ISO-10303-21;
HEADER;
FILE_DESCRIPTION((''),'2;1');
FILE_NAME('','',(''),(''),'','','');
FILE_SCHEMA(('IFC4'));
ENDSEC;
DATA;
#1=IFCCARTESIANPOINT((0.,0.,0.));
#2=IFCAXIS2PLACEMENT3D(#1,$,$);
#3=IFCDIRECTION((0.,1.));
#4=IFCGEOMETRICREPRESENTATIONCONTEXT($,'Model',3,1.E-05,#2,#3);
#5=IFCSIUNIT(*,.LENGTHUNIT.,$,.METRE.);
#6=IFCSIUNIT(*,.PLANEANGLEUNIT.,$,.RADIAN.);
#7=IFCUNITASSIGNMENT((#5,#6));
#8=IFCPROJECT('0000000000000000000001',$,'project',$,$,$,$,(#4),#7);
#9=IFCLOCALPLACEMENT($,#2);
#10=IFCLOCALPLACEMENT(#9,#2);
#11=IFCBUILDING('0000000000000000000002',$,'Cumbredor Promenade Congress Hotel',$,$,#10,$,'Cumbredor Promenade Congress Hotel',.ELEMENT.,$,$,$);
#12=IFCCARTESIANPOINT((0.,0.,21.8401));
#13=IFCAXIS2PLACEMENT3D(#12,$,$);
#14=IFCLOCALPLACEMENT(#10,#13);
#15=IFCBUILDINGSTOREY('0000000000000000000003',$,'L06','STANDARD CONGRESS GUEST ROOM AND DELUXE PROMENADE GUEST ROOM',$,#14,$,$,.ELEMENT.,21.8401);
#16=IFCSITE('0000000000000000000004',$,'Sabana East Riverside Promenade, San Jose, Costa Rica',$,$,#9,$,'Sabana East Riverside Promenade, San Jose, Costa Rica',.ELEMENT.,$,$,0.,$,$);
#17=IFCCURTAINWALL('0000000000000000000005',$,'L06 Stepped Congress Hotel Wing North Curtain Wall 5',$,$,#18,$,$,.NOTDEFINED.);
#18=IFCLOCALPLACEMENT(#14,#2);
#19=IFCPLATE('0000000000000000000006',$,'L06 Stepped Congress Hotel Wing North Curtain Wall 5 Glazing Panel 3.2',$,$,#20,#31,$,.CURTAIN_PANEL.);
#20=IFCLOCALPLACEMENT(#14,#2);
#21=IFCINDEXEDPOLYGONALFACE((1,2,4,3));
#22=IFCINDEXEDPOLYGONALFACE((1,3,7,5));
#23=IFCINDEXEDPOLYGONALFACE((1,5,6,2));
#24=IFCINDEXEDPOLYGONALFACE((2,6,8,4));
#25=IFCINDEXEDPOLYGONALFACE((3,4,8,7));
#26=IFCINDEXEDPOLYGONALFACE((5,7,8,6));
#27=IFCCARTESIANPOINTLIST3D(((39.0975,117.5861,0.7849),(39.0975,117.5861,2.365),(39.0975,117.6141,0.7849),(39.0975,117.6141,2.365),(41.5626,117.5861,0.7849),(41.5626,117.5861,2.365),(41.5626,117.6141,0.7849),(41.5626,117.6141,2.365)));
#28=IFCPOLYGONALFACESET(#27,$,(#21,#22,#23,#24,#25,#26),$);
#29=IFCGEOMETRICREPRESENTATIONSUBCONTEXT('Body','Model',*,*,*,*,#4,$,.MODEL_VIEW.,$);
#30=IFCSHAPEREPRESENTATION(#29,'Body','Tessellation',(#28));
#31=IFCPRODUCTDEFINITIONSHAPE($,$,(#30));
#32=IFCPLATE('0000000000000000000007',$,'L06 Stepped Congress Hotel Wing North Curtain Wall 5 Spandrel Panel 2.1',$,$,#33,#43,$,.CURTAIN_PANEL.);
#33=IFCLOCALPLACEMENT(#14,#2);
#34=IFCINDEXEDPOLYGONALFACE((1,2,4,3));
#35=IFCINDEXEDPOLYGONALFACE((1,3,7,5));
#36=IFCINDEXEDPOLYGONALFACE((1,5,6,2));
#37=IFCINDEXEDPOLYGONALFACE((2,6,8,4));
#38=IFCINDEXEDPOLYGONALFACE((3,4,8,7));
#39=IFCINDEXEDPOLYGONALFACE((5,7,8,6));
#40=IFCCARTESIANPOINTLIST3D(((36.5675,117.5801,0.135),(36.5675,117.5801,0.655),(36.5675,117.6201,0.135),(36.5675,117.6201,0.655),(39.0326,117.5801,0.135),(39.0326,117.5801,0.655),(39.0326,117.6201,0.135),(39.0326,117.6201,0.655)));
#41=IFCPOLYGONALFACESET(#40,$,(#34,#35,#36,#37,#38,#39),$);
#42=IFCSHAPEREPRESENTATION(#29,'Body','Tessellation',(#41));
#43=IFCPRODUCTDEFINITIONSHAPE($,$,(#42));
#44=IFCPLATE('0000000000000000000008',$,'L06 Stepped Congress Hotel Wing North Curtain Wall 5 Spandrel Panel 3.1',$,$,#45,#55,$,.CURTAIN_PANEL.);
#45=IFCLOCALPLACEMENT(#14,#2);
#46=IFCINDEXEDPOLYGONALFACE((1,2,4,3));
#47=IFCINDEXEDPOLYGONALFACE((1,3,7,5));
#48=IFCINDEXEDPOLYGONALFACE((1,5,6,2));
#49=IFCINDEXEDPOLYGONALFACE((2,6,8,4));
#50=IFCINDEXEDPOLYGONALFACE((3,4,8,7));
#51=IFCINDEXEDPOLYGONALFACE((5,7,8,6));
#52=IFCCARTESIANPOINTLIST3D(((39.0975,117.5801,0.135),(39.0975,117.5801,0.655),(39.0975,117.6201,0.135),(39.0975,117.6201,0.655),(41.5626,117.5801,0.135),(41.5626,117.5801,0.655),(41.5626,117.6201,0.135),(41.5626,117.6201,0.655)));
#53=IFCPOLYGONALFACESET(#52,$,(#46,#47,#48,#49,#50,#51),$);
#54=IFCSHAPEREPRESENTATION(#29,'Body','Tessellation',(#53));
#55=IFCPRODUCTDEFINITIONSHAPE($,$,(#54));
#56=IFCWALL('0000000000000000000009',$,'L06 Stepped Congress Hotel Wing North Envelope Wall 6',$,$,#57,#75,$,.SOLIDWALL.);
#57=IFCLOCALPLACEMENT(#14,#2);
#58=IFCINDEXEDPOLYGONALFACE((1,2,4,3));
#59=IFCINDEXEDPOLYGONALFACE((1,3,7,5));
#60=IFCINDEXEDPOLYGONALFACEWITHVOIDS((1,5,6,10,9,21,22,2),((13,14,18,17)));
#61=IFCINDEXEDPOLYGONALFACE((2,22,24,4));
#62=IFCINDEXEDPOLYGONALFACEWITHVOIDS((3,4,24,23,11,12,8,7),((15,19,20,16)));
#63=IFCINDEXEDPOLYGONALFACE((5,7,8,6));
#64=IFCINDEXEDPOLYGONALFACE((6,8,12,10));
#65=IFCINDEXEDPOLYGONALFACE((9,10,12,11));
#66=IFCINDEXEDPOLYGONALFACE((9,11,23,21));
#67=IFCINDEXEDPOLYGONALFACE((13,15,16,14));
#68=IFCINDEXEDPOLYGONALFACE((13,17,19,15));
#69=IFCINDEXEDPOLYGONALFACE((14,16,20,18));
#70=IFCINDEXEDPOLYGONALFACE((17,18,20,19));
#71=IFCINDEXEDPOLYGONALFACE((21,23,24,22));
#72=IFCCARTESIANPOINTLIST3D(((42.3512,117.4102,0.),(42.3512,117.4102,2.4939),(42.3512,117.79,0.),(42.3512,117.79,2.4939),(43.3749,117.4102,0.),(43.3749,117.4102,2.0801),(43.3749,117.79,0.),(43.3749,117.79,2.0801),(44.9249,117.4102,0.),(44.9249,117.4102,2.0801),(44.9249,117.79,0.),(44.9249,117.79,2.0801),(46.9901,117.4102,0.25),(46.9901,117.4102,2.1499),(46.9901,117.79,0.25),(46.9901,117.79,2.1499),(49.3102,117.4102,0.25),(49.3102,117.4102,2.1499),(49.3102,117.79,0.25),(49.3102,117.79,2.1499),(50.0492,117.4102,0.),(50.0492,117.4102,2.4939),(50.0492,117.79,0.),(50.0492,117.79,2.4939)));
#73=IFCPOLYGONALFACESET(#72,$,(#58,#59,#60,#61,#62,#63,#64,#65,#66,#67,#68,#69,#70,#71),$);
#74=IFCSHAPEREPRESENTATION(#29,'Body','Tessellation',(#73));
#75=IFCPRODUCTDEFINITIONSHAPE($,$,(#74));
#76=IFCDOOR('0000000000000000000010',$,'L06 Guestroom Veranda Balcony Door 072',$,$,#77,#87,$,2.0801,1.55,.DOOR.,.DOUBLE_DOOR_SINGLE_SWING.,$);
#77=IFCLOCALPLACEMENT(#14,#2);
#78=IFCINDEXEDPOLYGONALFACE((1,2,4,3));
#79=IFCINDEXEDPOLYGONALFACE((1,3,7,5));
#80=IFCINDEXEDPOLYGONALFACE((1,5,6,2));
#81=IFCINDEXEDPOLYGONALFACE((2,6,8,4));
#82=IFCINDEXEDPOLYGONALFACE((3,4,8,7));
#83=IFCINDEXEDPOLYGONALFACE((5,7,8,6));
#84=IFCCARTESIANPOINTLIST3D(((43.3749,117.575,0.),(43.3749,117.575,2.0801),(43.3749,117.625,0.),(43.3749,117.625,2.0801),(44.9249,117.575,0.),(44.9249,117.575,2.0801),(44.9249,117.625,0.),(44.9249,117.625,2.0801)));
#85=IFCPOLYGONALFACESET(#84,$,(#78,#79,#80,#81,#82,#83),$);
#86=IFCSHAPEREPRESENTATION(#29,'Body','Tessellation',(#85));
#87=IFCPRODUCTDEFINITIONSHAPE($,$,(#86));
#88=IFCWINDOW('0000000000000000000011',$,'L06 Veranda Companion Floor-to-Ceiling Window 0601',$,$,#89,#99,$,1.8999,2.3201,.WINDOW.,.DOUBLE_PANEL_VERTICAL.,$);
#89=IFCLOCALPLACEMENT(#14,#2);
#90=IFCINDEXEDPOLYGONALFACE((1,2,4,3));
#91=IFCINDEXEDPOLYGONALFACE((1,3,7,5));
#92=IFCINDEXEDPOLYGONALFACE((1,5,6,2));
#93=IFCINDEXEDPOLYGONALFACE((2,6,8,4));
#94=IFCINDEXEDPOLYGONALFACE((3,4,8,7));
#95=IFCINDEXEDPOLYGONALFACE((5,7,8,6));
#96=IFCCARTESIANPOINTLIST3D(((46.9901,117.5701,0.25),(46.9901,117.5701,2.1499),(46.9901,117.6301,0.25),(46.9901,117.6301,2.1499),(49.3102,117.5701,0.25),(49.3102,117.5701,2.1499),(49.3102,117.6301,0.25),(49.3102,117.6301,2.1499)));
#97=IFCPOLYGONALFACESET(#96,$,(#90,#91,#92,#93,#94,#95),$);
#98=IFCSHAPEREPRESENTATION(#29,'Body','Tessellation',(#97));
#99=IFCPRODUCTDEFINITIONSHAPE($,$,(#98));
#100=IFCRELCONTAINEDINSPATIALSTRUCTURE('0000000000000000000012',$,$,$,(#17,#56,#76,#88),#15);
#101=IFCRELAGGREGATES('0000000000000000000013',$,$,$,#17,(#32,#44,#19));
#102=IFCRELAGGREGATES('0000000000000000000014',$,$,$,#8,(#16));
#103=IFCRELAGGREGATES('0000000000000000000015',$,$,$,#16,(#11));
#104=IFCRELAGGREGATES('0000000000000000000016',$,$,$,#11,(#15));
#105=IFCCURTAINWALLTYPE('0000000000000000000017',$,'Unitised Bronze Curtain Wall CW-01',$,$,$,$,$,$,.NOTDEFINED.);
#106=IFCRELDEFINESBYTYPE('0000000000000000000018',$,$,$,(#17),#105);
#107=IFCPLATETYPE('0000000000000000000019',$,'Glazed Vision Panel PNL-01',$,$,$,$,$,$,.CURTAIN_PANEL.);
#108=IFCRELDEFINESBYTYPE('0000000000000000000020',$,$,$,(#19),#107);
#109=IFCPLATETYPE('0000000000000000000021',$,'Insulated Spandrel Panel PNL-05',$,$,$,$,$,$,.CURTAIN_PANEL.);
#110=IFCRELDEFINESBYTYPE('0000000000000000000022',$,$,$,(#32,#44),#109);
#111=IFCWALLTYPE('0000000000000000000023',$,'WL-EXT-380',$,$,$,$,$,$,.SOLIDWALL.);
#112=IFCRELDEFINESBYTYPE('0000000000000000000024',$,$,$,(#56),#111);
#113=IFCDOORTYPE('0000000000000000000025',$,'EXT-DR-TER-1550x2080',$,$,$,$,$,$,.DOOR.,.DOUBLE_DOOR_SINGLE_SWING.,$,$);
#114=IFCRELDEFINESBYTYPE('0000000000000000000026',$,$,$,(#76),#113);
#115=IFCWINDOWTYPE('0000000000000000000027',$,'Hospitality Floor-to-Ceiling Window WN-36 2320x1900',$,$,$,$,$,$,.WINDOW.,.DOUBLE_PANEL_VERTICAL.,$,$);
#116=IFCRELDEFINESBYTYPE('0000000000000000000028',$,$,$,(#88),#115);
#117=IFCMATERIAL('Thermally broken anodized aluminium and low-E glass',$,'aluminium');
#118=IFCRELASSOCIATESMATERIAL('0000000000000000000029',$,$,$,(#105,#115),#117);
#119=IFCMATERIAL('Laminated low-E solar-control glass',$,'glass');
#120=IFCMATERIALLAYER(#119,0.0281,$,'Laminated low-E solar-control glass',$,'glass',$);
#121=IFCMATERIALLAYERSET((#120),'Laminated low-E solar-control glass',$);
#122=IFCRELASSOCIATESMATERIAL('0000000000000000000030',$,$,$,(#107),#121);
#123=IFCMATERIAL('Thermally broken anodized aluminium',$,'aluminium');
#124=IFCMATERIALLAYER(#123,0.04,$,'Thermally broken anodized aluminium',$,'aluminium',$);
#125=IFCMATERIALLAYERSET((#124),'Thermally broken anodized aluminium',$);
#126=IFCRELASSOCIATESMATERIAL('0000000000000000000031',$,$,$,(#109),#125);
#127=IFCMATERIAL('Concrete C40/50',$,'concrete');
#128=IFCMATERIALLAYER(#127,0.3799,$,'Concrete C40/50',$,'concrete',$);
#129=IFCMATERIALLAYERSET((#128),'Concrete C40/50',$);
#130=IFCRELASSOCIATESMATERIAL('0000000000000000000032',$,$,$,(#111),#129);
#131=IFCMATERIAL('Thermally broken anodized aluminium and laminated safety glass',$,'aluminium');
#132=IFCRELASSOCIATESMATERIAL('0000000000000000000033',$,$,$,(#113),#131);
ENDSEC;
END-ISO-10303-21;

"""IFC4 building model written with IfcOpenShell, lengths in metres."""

from ifc_helpers import new_model, si_unit, direction, frame, frame_2d, origin, origin_2d, place, context, subcontext, project, spatial, rectangle, extrude, material, layer, layer_set, type_object, element, fill, aggregate, save


model = new_model("IFC4")

# Units and contexts
model_context = context("Model", 3, precision=1e-05, world=origin(), true_north=direction((0.0, 1.0)))
body_context = subcontext(model_context, "Body", "Model", "MODEL_VIEW")
ifc_project = project(units=[si_unit("LENGTHUNIT", "METRE"), si_unit("PLANEANGLEUNIT", "RADIAN")], contexts=[model_context])

# Site, building, storey
site_placement = place(None, origin())
site = spatial("IfcSite", under=ifc_project, at=site_placement, Name="Sabana East Riverside Promenade, San Jose, Costa Rica", LongName="Sabana East Riverside Promenade, San Jose, Costa Rica", CompositionType="ELEMENT", RefElevation=0.0)
building_placement = place(site_placement, origin())
building = spatial("IfcBuilding", under=site, at=building_placement, Name="Cumbredor Promenade Congress Hotel", LongName="Cumbredor Promenade Congress Hotel", CompositionType="ELEMENT")
storey_placement = place(building_placement, frame((0.0, 0.0, 21.8401)))
storey = spatial("IfcBuildingStorey", under=building, at=storey_placement, Name="L06", Description="STANDARD CONGRESS GUEST ROOM AND DELUXE PROMENADE GUEST ROOM", CompositionType="ELEMENT", Elevation=21.8401)

# Shared definitions
ifc_material_1 = material(Name="Concrete C40/50", Category="concrete")

# Curtain wall, plates
ifc_material_2 = material(Name="Thermally broken anodized aluminium and low-E glass", Category="aluminium")
curtain_wall_type = type_object("IfcCurtainWallType", Name="Unitised Bronze Curtain Wall CW-01", PredefinedType="NOTDEFINED", material=ifc_material_2)
curtain_wall_placement = place(storey_placement, origin())
curtain_wall = element("IfcCurtainWall", 1, at=curtain_wall_placement, inside=storey, type_object=curtain_wall_type, Name="L06 Stepped Congress Hotel Wing North Curtain Wall 5", PredefinedType="NOTDEFINED")
ifc_material_3 = material(Name="Thermally broken anodized aluminium", Category="aluminium")
ifc_material_4 = material(Name="Laminated low-E solar-control glass", Category="glass")
ifc_layer_1 = layer(ifc_material_4, 0.0281, Name="Laminated low-E solar-control glass", Category="glass")
ifc_layer_set_1 = layer_set([ifc_layer_1], Name="Laminated low-E solar-control glass")
plate_type_1 = type_object("IfcPlateType", Name="Glazed Vision Panel PNL-01", PredefinedType="CURTAIN_PANEL", material=ifc_layer_set_1)
plate_1_placement = place(storey_placement, frame((40.3301, 117.6001, 0.7849), z_axis=(0.0, 0.0, 1.0), x_axis=(1.0, 0.0, 0.0)))
plate_1 = element("IfcPlate", 2, at=plate_1_placement, type_object=plate_type_1, Name="L06 Stepped Congress Hotel Wing North Curtain Wall 5 Glazing Panel 3.2", PredefinedType="CURTAIN_PANEL", context=body_context, shape_type="SweptSolid", body=[
    extrude(rectangle(XDim=2.4651, YDim=0.0281, at=origin_2d()), origin(), (0.0, 0.0, 1.0), 1.5801),
])
ifc_layer_2 = layer(ifc_material_3, 0.04, Name="Thermally broken anodized aluminium", Category="aluminium")
ifc_layer_set_2 = layer_set([ifc_layer_2], Name="Thermally broken anodized aluminium")
plate_type_2 = type_object("IfcPlateType", Name="Insulated Spandrel Panel PNL-05", PredefinedType="CURTAIN_PANEL", material=ifc_layer_set_2)
plate_2_placement = place(storey_placement, frame((37.8, 117.6001, 0.135), z_axis=(0.0, 0.0, 1.0), x_axis=(1.0, 0.0, 0.0)))
plate_2 = element("IfcPlate", 3, at=plate_2_placement, type_object=plate_type_2, Name="L06 Stepped Congress Hotel Wing North Curtain Wall 5 Spandrel Panel 2.1", PredefinedType="CURTAIN_PANEL", context=body_context, shape_type="SweptSolid", body=[
    extrude(rectangle(XDim=2.4651, YDim=0.04, at=origin_2d()), origin(), (0.0, 0.0, 1.0), 0.52),
])
plate_3_placement = place(storey_placement, frame((40.3301, 117.6001, 0.135), z_axis=(0.0, 0.0, 1.0), x_axis=(1.0, 0.0, 0.0)))
plate_3 = element("IfcPlate", 4, at=plate_3_placement, type_object=plate_type_2, Name="L06 Stepped Congress Hotel Wing North Curtain Wall 5 Spandrel Panel 3.1", PredefinedType="CURTAIN_PANEL", context=body_context, shape_type="SweptSolid", body=[
    extrude(rectangle(XDim=2.4651, YDim=0.04, at=origin_2d()), origin(), (0.0, 0.0, 1.0), 0.52),
])
aggregate(curtain_wall, [plate_2, plate_3, plate_1])

# Wall, openings, door, window
ifc_layer_3 = layer(ifc_material_1, 0.3799, Name="Concrete C40/50", Category="concrete")
ifc_layer_set_3 = layer_set([ifc_layer_3], Name="Concrete C40/50")
wall_type = type_object("IfcWallType", Name="WL-EXT-380", PredefinedType="SOLIDWALL", material=ifc_layer_set_3)
wall_placement = place(storey_placement, frame((42.3511, 117.6001, 0.0), z_axis=(0.0, 0.0, 1.0), x_axis=(1.0, 0.0, 0.0)))
wall = element("IfcWall", 5, at=wall_placement, inside=storey, type_object=wall_type, Name="L06 Stepped Congress Hotel Wing North Envelope Wall 6", PredefinedType="SOLIDWALL", context=body_context, shape_type="SweptSolid", body=[
    extrude(rectangle(XDim=7.698, YDim=0.3799, at=frame_2d((3.8491, 0.0))), origin(), (0.0, 0.0, 1.0), 2.4939),
])
opening_1_placement = place(wall_placement, frame((1.0239, 0.0, 0.0)))
opening_1 = element("IfcOpeningElement", 6, at=opening_1_placement, cuts=wall, PredefinedType="OPENING", context=body_context, shape_type="SweptSolid", body=[
    extrude(rectangle(XDim=1.55, YDim=2.0801, at=frame_2d((0.7749, 1.04))), frame((0.0, 0.2, 0.0), z_axis=(0.0, -1.0, 0.0), x_axis=(1.0, 0.0, 0.0)), (0.0, 0.0, 1.0), 0.3999),
])
opening_2_placement = place(wall_placement, frame((4.6389, 0.0, 0.25)))
opening_2 = element("IfcOpeningElement", 7, at=opening_2_placement, cuts=wall, PredefinedType="OPENING", context=body_context, shape_type="SweptSolid", body=[
    extrude(rectangle(XDim=2.3201, YDim=1.8999, at=frame_2d((1.1602, 0.95))), frame((0.0, 0.2, 0.0), z_axis=(0.0, -1.0, 0.0), x_axis=(1.0, 0.0, 0.0)), (0.0, 0.0, 1.0), 0.3999),
])
ifc_material_5 = material(Name="Thermally broken anodized aluminium and laminated safety glass", Category="aluminium")
door_type = type_object("IfcDoorType", Name="EXT-DR-TER-1550x2080", OperationType="DOUBLE_DOOR_SINGLE_SWING", PredefinedType="DOOR", material=ifc_material_5)
door_placement = place(opening_1_placement, origin())
door = element("IfcDoor", 8, at=door_placement, inside=storey, type_object=door_type, Name="L06 Guestroom Veranda Balcony Door 072", OperationType="DOUBLE_DOOR_SINGLE_SWING", OverallHeight=2.0801, OverallWidth=1.55, PredefinedType="DOOR", context=body_context, shape_type="SweptSolid", body=[
    extrude(rectangle(XDim=1.55, YDim=2.0801, at=frame_2d((0.7749, 1.04))), frame((0.0, 0.0249, 0.0), z_axis=(0.0, -1.0, 0.0), x_axis=(1.0, 0.0, 0.0)), (0.0, 0.0, 1.0), 0.05),
])
fill(opening_1, door)
window_type = type_object("IfcWindowType", Name="Hospitality Floor-to-Ceiling Window WN-36 2320x1900", PartitioningType="DOUBLE_PANEL_VERTICAL", PredefinedType="WINDOW", material=ifc_material_2)
window_placement = place(opening_2_placement, origin())
window = element("IfcWindow", 9, at=window_placement, inside=storey, type_object=window_type, Name="L06 Veranda Companion Floor-to-Ceiling Window 0601", OverallHeight=1.8999, OverallWidth=2.3201, PartitioningType="DOUBLE_PANEL_VERTICAL", PredefinedType="WINDOW", context=body_context, shape_type="SweptSolid", body=[
    extrude(rectangle(XDim=2.3201, YDim=1.8999, at=frame_2d((1.1602, 0.95))), frame((0.0, 0.03, 0.0), z_axis=(0.0, -1.0, 0.0), x_axis=(1.0, 0.0, 0.0)), (0.0, 0.0, 1.0), 0.0601),
])
fill(opening_2, window)

save(model, "model.ifc")
